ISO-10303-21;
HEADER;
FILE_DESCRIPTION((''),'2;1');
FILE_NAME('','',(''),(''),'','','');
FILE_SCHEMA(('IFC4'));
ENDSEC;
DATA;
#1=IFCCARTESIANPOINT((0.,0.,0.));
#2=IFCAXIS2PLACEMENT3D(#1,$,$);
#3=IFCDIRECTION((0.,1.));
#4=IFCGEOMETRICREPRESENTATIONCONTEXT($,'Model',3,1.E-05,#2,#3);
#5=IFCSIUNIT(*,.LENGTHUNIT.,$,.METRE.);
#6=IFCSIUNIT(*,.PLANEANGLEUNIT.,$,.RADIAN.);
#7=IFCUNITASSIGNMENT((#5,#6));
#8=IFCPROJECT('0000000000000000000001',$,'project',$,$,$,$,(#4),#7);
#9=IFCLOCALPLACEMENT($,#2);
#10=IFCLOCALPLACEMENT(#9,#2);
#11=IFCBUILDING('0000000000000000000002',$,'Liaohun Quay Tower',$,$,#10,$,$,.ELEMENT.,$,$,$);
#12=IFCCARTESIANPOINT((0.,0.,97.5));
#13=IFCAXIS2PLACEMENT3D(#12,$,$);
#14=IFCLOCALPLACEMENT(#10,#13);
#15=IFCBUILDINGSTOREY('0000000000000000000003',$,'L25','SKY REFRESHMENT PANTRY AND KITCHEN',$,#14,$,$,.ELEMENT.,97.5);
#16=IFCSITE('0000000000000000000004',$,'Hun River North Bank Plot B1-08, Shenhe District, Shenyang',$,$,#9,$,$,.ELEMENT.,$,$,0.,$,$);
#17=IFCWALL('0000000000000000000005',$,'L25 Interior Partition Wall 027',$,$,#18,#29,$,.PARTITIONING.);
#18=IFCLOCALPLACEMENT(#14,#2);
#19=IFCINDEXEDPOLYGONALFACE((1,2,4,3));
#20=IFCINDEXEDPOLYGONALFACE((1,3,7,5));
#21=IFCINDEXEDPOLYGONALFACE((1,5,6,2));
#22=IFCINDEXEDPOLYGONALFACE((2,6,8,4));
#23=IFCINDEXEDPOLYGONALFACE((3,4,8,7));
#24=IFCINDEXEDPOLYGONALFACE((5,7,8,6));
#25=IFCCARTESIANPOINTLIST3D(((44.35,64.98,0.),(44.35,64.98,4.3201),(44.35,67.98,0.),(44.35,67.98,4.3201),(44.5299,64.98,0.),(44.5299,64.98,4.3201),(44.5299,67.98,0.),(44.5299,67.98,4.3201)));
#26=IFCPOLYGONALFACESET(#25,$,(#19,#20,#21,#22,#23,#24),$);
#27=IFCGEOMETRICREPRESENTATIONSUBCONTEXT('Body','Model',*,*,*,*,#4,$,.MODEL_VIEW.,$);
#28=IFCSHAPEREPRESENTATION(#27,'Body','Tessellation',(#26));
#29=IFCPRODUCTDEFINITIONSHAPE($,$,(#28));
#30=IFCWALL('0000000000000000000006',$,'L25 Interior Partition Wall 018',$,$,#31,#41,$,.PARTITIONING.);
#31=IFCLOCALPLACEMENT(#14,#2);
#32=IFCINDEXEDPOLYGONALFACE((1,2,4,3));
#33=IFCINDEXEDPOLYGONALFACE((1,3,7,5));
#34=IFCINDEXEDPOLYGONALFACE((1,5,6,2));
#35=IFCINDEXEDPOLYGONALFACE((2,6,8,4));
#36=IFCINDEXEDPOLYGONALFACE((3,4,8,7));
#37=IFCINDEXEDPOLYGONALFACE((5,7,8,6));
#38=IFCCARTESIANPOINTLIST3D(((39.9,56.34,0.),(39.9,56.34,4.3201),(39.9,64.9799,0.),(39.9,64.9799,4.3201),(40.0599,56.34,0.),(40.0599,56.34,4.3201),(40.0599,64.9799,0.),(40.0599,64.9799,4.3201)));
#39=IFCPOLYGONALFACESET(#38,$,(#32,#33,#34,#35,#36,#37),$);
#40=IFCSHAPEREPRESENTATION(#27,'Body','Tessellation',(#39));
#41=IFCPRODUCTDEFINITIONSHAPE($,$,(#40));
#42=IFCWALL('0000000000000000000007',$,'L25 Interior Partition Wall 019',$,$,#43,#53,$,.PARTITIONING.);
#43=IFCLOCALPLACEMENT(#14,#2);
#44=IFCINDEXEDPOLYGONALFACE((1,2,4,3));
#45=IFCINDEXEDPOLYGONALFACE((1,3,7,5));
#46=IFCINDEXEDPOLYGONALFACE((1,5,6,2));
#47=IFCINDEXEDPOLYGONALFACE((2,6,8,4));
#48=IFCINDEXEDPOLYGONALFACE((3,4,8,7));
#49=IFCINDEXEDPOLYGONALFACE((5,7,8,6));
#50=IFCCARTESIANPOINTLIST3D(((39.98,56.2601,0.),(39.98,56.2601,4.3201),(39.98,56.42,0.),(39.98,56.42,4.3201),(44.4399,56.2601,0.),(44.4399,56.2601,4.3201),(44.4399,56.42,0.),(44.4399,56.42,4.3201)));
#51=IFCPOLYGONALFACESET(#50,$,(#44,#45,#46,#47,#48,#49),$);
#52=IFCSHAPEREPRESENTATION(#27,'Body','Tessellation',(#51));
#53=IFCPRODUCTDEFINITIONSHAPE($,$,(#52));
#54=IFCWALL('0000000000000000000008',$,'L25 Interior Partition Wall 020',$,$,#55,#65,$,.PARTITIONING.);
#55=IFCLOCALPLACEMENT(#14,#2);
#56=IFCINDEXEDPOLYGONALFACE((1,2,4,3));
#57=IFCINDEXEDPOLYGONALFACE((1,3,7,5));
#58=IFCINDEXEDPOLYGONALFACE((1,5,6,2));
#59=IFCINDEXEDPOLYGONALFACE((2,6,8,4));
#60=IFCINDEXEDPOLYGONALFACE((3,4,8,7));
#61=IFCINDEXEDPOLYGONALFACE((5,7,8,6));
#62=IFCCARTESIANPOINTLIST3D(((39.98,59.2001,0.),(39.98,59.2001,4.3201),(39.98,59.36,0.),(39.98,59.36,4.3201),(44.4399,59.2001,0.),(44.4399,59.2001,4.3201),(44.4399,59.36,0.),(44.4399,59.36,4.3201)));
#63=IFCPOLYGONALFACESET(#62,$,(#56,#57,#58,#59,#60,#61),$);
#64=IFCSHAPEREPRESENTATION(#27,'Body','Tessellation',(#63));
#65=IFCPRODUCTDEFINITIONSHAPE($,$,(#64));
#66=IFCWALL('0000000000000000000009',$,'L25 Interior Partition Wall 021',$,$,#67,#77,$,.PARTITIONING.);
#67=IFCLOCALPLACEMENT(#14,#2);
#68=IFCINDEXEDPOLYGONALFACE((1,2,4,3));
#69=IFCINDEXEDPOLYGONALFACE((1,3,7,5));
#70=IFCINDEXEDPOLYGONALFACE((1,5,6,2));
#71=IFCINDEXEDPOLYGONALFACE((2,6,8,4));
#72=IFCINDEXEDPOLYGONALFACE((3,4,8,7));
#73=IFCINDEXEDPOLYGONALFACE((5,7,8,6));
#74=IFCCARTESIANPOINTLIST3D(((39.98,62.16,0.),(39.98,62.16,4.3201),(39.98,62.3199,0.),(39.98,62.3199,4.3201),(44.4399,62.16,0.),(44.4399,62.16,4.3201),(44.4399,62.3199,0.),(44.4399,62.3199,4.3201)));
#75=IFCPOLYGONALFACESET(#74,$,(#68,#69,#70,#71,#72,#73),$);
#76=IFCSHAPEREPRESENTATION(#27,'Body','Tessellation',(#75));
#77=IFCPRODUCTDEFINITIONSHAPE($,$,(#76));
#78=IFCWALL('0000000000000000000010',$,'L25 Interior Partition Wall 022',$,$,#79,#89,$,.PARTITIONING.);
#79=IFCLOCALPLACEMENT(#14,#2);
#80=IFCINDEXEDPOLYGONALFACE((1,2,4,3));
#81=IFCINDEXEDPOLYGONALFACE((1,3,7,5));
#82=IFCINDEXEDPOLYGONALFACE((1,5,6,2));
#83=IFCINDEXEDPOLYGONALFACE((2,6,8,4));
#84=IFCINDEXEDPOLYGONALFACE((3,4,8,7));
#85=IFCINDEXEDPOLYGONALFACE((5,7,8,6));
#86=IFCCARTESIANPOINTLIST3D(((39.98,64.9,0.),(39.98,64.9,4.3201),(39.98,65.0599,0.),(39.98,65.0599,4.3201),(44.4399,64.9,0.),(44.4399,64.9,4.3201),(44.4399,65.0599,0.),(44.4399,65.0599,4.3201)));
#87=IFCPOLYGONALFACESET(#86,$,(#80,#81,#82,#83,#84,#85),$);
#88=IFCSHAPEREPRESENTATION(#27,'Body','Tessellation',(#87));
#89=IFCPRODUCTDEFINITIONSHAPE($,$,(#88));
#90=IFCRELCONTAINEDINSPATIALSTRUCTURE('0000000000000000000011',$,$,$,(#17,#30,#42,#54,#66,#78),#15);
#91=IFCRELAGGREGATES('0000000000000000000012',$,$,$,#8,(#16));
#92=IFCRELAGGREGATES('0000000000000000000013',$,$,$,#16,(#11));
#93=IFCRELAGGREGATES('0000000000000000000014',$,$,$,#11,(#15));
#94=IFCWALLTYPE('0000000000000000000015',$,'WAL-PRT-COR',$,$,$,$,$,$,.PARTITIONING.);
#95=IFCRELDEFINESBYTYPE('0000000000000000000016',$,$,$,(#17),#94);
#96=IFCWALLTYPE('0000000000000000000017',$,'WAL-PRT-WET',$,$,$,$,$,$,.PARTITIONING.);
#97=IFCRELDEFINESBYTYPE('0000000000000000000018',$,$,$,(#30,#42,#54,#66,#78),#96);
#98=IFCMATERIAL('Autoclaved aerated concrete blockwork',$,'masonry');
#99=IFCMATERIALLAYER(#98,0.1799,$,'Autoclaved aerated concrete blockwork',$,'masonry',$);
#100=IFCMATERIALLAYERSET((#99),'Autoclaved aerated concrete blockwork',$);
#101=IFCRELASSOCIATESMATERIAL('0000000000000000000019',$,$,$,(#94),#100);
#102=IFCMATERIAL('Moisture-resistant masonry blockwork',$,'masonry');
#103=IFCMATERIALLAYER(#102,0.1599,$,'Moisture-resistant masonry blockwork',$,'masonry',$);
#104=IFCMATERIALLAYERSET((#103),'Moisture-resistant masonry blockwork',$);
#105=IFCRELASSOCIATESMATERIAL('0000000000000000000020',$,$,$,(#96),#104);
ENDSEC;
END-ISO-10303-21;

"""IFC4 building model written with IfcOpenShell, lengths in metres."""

from ifc_helpers import new_model, si_unit, direction, frame, frame_2d, origin, place, context, subcontext, project, spatial, rectangle, extrude, material, layer, layer_set, type_object, element, save


model = new_model("IFC4")

# Units and contexts
model_context = context("Model", 3, precision=1e-05, world=origin(), true_north=direction((0.0, 1.0)))
body_context = subcontext(model_context, "Body", "Model", "MODEL_VIEW")
ifc_project = project(units=[si_unit("LENGTHUNIT", "METRE"), si_unit("PLANEANGLEUNIT", "RADIAN")], contexts=[model_context])

# Site, building, storey
site_placement = place(None, origin())
site = spatial("IfcSite", under=ifc_project, at=site_placement, Name="Hun River North Bank Plot B1-08, Shenhe District, Shenyang", CompositionType="ELEMENT", RefElevation=0.0)
building_placement = place(site_placement, origin())
building = spatial("IfcBuilding", under=site, at=building_placement, Name="Liaohun Quay Tower", CompositionType="ELEMENT")
storey_placement = place(building_placement, frame((0.0, 0.0, 97.5)))
storey = spatial("IfcBuildingStorey", under=building, at=storey_placement, Name="L25", Description="SKY REFRESHMENT PANTRY AND KITCHEN", CompositionType="ELEMENT", Elevation=97.5)

# Shared definitions
ifc_material_1 = material(Name="Autoclaved aerated concrete blockwork", Category="masonry")
ifc_layer_1 = layer(ifc_material_1, 0.1799, Name="Autoclaved aerated concrete blockwork", Category="masonry")
ifc_layer_set_1 = layer_set([ifc_layer_1], Name="Autoclaved aerated concrete blockwork")
wall_type_1 = type_object("IfcWallType", Name="WAL-PRT-COR", PredefinedType="PARTITIONING", material=ifc_layer_set_1)

# Wall
wall_1_placement = place(storey_placement, frame((44.4399, 64.98, 0.0), z_axis=(0.0, 0.0, 1.0), x_axis=(0.0, 1.0, 0.0)))
element("IfcWall", 1, at=wall_1_placement, inside=storey, type_object=wall_type_1, Name="L25 Interior Partition Wall 027", PredefinedType="PARTITIONING", context=body_context, shape_type="SweptSolid", body=[
    extrude(rectangle(XDim=3.0, YDim=0.1799, at=frame_2d((1.5, 0.0))), origin(), (0.0, 0.0, 1.0), 4.3201),
])

# Shared definitions
ifc_material_2 = material(Name="Moisture-resistant masonry blockwork", Category="masonry")
ifc_layer_2 = layer(ifc_material_2, 0.1599, Name="Moisture-resistant masonry blockwork", Category="masonry")
ifc_layer_set_2 = layer_set([ifc_layer_2], Name="Moisture-resistant masonry blockwork")
wall_type_2 = type_object("IfcWallType", Name="WAL-PRT-WET", PredefinedType="PARTITIONING", material=ifc_layer_set_2)

# Walls
wall_2_placement = place(storey_placement, frame((39.98, 56.3401, 0.0), z_axis=(0.0, 0.0, 1.0), x_axis=(0.0, 1.0, 0.0)))
element("IfcWall", 2, at=wall_2_placement, inside=storey, type_object=wall_type_2, Name="L25 Interior Partition Wall 018", PredefinedType="PARTITIONING", context=body_context, shape_type="SweptSolid", body=[
    extrude(rectangle(XDim=8.6399, YDim=0.1599, at=frame_2d((4.3198, 0.0))), origin(), (0.0, 0.0, 1.0), 4.3201),
])
for number, where, z_axis, x_axis, name in (
    (3, (39.98, 56.3401, 0.0), (0.0, 0.0, 1.0), (1.0, 0.0, 0.0), "L25 Interior Partition Wall 019"),
    (4, (39.98, 59.28, 0.0), (0.0, 0.0, 1.0), (1.0, 0.0, 0.0), "L25 Interior Partition Wall 020"),
    (5, (39.98, 62.24, 0.0), (0.0, 0.0, 1.0), (1.0, 0.0, 0.0), "L25 Interior Partition Wall 021"),
    (6, (39.98, 64.98, 0.0), (0.0, 0.0, 1.0), (1.0, 0.0, 0.0), "L25 Interior Partition Wall 022"),
):
    element("IfcWall", number, at=place(storey_placement, frame(where, z_axis=z_axis, x_axis=x_axis)), inside=storey, type_object=wall_type_2, Name=name, PredefinedType="PARTITIONING", context=body_context, shape_type="SweptSolid", body=[
        extrude(rectangle(XDim=4.46, YDim=0.1599, at=frame_2d((2.23, 0.0))), origin(), (0.0, 0.0, 1.0), 4.3201),
    ])

save(model, "model.ifc")
